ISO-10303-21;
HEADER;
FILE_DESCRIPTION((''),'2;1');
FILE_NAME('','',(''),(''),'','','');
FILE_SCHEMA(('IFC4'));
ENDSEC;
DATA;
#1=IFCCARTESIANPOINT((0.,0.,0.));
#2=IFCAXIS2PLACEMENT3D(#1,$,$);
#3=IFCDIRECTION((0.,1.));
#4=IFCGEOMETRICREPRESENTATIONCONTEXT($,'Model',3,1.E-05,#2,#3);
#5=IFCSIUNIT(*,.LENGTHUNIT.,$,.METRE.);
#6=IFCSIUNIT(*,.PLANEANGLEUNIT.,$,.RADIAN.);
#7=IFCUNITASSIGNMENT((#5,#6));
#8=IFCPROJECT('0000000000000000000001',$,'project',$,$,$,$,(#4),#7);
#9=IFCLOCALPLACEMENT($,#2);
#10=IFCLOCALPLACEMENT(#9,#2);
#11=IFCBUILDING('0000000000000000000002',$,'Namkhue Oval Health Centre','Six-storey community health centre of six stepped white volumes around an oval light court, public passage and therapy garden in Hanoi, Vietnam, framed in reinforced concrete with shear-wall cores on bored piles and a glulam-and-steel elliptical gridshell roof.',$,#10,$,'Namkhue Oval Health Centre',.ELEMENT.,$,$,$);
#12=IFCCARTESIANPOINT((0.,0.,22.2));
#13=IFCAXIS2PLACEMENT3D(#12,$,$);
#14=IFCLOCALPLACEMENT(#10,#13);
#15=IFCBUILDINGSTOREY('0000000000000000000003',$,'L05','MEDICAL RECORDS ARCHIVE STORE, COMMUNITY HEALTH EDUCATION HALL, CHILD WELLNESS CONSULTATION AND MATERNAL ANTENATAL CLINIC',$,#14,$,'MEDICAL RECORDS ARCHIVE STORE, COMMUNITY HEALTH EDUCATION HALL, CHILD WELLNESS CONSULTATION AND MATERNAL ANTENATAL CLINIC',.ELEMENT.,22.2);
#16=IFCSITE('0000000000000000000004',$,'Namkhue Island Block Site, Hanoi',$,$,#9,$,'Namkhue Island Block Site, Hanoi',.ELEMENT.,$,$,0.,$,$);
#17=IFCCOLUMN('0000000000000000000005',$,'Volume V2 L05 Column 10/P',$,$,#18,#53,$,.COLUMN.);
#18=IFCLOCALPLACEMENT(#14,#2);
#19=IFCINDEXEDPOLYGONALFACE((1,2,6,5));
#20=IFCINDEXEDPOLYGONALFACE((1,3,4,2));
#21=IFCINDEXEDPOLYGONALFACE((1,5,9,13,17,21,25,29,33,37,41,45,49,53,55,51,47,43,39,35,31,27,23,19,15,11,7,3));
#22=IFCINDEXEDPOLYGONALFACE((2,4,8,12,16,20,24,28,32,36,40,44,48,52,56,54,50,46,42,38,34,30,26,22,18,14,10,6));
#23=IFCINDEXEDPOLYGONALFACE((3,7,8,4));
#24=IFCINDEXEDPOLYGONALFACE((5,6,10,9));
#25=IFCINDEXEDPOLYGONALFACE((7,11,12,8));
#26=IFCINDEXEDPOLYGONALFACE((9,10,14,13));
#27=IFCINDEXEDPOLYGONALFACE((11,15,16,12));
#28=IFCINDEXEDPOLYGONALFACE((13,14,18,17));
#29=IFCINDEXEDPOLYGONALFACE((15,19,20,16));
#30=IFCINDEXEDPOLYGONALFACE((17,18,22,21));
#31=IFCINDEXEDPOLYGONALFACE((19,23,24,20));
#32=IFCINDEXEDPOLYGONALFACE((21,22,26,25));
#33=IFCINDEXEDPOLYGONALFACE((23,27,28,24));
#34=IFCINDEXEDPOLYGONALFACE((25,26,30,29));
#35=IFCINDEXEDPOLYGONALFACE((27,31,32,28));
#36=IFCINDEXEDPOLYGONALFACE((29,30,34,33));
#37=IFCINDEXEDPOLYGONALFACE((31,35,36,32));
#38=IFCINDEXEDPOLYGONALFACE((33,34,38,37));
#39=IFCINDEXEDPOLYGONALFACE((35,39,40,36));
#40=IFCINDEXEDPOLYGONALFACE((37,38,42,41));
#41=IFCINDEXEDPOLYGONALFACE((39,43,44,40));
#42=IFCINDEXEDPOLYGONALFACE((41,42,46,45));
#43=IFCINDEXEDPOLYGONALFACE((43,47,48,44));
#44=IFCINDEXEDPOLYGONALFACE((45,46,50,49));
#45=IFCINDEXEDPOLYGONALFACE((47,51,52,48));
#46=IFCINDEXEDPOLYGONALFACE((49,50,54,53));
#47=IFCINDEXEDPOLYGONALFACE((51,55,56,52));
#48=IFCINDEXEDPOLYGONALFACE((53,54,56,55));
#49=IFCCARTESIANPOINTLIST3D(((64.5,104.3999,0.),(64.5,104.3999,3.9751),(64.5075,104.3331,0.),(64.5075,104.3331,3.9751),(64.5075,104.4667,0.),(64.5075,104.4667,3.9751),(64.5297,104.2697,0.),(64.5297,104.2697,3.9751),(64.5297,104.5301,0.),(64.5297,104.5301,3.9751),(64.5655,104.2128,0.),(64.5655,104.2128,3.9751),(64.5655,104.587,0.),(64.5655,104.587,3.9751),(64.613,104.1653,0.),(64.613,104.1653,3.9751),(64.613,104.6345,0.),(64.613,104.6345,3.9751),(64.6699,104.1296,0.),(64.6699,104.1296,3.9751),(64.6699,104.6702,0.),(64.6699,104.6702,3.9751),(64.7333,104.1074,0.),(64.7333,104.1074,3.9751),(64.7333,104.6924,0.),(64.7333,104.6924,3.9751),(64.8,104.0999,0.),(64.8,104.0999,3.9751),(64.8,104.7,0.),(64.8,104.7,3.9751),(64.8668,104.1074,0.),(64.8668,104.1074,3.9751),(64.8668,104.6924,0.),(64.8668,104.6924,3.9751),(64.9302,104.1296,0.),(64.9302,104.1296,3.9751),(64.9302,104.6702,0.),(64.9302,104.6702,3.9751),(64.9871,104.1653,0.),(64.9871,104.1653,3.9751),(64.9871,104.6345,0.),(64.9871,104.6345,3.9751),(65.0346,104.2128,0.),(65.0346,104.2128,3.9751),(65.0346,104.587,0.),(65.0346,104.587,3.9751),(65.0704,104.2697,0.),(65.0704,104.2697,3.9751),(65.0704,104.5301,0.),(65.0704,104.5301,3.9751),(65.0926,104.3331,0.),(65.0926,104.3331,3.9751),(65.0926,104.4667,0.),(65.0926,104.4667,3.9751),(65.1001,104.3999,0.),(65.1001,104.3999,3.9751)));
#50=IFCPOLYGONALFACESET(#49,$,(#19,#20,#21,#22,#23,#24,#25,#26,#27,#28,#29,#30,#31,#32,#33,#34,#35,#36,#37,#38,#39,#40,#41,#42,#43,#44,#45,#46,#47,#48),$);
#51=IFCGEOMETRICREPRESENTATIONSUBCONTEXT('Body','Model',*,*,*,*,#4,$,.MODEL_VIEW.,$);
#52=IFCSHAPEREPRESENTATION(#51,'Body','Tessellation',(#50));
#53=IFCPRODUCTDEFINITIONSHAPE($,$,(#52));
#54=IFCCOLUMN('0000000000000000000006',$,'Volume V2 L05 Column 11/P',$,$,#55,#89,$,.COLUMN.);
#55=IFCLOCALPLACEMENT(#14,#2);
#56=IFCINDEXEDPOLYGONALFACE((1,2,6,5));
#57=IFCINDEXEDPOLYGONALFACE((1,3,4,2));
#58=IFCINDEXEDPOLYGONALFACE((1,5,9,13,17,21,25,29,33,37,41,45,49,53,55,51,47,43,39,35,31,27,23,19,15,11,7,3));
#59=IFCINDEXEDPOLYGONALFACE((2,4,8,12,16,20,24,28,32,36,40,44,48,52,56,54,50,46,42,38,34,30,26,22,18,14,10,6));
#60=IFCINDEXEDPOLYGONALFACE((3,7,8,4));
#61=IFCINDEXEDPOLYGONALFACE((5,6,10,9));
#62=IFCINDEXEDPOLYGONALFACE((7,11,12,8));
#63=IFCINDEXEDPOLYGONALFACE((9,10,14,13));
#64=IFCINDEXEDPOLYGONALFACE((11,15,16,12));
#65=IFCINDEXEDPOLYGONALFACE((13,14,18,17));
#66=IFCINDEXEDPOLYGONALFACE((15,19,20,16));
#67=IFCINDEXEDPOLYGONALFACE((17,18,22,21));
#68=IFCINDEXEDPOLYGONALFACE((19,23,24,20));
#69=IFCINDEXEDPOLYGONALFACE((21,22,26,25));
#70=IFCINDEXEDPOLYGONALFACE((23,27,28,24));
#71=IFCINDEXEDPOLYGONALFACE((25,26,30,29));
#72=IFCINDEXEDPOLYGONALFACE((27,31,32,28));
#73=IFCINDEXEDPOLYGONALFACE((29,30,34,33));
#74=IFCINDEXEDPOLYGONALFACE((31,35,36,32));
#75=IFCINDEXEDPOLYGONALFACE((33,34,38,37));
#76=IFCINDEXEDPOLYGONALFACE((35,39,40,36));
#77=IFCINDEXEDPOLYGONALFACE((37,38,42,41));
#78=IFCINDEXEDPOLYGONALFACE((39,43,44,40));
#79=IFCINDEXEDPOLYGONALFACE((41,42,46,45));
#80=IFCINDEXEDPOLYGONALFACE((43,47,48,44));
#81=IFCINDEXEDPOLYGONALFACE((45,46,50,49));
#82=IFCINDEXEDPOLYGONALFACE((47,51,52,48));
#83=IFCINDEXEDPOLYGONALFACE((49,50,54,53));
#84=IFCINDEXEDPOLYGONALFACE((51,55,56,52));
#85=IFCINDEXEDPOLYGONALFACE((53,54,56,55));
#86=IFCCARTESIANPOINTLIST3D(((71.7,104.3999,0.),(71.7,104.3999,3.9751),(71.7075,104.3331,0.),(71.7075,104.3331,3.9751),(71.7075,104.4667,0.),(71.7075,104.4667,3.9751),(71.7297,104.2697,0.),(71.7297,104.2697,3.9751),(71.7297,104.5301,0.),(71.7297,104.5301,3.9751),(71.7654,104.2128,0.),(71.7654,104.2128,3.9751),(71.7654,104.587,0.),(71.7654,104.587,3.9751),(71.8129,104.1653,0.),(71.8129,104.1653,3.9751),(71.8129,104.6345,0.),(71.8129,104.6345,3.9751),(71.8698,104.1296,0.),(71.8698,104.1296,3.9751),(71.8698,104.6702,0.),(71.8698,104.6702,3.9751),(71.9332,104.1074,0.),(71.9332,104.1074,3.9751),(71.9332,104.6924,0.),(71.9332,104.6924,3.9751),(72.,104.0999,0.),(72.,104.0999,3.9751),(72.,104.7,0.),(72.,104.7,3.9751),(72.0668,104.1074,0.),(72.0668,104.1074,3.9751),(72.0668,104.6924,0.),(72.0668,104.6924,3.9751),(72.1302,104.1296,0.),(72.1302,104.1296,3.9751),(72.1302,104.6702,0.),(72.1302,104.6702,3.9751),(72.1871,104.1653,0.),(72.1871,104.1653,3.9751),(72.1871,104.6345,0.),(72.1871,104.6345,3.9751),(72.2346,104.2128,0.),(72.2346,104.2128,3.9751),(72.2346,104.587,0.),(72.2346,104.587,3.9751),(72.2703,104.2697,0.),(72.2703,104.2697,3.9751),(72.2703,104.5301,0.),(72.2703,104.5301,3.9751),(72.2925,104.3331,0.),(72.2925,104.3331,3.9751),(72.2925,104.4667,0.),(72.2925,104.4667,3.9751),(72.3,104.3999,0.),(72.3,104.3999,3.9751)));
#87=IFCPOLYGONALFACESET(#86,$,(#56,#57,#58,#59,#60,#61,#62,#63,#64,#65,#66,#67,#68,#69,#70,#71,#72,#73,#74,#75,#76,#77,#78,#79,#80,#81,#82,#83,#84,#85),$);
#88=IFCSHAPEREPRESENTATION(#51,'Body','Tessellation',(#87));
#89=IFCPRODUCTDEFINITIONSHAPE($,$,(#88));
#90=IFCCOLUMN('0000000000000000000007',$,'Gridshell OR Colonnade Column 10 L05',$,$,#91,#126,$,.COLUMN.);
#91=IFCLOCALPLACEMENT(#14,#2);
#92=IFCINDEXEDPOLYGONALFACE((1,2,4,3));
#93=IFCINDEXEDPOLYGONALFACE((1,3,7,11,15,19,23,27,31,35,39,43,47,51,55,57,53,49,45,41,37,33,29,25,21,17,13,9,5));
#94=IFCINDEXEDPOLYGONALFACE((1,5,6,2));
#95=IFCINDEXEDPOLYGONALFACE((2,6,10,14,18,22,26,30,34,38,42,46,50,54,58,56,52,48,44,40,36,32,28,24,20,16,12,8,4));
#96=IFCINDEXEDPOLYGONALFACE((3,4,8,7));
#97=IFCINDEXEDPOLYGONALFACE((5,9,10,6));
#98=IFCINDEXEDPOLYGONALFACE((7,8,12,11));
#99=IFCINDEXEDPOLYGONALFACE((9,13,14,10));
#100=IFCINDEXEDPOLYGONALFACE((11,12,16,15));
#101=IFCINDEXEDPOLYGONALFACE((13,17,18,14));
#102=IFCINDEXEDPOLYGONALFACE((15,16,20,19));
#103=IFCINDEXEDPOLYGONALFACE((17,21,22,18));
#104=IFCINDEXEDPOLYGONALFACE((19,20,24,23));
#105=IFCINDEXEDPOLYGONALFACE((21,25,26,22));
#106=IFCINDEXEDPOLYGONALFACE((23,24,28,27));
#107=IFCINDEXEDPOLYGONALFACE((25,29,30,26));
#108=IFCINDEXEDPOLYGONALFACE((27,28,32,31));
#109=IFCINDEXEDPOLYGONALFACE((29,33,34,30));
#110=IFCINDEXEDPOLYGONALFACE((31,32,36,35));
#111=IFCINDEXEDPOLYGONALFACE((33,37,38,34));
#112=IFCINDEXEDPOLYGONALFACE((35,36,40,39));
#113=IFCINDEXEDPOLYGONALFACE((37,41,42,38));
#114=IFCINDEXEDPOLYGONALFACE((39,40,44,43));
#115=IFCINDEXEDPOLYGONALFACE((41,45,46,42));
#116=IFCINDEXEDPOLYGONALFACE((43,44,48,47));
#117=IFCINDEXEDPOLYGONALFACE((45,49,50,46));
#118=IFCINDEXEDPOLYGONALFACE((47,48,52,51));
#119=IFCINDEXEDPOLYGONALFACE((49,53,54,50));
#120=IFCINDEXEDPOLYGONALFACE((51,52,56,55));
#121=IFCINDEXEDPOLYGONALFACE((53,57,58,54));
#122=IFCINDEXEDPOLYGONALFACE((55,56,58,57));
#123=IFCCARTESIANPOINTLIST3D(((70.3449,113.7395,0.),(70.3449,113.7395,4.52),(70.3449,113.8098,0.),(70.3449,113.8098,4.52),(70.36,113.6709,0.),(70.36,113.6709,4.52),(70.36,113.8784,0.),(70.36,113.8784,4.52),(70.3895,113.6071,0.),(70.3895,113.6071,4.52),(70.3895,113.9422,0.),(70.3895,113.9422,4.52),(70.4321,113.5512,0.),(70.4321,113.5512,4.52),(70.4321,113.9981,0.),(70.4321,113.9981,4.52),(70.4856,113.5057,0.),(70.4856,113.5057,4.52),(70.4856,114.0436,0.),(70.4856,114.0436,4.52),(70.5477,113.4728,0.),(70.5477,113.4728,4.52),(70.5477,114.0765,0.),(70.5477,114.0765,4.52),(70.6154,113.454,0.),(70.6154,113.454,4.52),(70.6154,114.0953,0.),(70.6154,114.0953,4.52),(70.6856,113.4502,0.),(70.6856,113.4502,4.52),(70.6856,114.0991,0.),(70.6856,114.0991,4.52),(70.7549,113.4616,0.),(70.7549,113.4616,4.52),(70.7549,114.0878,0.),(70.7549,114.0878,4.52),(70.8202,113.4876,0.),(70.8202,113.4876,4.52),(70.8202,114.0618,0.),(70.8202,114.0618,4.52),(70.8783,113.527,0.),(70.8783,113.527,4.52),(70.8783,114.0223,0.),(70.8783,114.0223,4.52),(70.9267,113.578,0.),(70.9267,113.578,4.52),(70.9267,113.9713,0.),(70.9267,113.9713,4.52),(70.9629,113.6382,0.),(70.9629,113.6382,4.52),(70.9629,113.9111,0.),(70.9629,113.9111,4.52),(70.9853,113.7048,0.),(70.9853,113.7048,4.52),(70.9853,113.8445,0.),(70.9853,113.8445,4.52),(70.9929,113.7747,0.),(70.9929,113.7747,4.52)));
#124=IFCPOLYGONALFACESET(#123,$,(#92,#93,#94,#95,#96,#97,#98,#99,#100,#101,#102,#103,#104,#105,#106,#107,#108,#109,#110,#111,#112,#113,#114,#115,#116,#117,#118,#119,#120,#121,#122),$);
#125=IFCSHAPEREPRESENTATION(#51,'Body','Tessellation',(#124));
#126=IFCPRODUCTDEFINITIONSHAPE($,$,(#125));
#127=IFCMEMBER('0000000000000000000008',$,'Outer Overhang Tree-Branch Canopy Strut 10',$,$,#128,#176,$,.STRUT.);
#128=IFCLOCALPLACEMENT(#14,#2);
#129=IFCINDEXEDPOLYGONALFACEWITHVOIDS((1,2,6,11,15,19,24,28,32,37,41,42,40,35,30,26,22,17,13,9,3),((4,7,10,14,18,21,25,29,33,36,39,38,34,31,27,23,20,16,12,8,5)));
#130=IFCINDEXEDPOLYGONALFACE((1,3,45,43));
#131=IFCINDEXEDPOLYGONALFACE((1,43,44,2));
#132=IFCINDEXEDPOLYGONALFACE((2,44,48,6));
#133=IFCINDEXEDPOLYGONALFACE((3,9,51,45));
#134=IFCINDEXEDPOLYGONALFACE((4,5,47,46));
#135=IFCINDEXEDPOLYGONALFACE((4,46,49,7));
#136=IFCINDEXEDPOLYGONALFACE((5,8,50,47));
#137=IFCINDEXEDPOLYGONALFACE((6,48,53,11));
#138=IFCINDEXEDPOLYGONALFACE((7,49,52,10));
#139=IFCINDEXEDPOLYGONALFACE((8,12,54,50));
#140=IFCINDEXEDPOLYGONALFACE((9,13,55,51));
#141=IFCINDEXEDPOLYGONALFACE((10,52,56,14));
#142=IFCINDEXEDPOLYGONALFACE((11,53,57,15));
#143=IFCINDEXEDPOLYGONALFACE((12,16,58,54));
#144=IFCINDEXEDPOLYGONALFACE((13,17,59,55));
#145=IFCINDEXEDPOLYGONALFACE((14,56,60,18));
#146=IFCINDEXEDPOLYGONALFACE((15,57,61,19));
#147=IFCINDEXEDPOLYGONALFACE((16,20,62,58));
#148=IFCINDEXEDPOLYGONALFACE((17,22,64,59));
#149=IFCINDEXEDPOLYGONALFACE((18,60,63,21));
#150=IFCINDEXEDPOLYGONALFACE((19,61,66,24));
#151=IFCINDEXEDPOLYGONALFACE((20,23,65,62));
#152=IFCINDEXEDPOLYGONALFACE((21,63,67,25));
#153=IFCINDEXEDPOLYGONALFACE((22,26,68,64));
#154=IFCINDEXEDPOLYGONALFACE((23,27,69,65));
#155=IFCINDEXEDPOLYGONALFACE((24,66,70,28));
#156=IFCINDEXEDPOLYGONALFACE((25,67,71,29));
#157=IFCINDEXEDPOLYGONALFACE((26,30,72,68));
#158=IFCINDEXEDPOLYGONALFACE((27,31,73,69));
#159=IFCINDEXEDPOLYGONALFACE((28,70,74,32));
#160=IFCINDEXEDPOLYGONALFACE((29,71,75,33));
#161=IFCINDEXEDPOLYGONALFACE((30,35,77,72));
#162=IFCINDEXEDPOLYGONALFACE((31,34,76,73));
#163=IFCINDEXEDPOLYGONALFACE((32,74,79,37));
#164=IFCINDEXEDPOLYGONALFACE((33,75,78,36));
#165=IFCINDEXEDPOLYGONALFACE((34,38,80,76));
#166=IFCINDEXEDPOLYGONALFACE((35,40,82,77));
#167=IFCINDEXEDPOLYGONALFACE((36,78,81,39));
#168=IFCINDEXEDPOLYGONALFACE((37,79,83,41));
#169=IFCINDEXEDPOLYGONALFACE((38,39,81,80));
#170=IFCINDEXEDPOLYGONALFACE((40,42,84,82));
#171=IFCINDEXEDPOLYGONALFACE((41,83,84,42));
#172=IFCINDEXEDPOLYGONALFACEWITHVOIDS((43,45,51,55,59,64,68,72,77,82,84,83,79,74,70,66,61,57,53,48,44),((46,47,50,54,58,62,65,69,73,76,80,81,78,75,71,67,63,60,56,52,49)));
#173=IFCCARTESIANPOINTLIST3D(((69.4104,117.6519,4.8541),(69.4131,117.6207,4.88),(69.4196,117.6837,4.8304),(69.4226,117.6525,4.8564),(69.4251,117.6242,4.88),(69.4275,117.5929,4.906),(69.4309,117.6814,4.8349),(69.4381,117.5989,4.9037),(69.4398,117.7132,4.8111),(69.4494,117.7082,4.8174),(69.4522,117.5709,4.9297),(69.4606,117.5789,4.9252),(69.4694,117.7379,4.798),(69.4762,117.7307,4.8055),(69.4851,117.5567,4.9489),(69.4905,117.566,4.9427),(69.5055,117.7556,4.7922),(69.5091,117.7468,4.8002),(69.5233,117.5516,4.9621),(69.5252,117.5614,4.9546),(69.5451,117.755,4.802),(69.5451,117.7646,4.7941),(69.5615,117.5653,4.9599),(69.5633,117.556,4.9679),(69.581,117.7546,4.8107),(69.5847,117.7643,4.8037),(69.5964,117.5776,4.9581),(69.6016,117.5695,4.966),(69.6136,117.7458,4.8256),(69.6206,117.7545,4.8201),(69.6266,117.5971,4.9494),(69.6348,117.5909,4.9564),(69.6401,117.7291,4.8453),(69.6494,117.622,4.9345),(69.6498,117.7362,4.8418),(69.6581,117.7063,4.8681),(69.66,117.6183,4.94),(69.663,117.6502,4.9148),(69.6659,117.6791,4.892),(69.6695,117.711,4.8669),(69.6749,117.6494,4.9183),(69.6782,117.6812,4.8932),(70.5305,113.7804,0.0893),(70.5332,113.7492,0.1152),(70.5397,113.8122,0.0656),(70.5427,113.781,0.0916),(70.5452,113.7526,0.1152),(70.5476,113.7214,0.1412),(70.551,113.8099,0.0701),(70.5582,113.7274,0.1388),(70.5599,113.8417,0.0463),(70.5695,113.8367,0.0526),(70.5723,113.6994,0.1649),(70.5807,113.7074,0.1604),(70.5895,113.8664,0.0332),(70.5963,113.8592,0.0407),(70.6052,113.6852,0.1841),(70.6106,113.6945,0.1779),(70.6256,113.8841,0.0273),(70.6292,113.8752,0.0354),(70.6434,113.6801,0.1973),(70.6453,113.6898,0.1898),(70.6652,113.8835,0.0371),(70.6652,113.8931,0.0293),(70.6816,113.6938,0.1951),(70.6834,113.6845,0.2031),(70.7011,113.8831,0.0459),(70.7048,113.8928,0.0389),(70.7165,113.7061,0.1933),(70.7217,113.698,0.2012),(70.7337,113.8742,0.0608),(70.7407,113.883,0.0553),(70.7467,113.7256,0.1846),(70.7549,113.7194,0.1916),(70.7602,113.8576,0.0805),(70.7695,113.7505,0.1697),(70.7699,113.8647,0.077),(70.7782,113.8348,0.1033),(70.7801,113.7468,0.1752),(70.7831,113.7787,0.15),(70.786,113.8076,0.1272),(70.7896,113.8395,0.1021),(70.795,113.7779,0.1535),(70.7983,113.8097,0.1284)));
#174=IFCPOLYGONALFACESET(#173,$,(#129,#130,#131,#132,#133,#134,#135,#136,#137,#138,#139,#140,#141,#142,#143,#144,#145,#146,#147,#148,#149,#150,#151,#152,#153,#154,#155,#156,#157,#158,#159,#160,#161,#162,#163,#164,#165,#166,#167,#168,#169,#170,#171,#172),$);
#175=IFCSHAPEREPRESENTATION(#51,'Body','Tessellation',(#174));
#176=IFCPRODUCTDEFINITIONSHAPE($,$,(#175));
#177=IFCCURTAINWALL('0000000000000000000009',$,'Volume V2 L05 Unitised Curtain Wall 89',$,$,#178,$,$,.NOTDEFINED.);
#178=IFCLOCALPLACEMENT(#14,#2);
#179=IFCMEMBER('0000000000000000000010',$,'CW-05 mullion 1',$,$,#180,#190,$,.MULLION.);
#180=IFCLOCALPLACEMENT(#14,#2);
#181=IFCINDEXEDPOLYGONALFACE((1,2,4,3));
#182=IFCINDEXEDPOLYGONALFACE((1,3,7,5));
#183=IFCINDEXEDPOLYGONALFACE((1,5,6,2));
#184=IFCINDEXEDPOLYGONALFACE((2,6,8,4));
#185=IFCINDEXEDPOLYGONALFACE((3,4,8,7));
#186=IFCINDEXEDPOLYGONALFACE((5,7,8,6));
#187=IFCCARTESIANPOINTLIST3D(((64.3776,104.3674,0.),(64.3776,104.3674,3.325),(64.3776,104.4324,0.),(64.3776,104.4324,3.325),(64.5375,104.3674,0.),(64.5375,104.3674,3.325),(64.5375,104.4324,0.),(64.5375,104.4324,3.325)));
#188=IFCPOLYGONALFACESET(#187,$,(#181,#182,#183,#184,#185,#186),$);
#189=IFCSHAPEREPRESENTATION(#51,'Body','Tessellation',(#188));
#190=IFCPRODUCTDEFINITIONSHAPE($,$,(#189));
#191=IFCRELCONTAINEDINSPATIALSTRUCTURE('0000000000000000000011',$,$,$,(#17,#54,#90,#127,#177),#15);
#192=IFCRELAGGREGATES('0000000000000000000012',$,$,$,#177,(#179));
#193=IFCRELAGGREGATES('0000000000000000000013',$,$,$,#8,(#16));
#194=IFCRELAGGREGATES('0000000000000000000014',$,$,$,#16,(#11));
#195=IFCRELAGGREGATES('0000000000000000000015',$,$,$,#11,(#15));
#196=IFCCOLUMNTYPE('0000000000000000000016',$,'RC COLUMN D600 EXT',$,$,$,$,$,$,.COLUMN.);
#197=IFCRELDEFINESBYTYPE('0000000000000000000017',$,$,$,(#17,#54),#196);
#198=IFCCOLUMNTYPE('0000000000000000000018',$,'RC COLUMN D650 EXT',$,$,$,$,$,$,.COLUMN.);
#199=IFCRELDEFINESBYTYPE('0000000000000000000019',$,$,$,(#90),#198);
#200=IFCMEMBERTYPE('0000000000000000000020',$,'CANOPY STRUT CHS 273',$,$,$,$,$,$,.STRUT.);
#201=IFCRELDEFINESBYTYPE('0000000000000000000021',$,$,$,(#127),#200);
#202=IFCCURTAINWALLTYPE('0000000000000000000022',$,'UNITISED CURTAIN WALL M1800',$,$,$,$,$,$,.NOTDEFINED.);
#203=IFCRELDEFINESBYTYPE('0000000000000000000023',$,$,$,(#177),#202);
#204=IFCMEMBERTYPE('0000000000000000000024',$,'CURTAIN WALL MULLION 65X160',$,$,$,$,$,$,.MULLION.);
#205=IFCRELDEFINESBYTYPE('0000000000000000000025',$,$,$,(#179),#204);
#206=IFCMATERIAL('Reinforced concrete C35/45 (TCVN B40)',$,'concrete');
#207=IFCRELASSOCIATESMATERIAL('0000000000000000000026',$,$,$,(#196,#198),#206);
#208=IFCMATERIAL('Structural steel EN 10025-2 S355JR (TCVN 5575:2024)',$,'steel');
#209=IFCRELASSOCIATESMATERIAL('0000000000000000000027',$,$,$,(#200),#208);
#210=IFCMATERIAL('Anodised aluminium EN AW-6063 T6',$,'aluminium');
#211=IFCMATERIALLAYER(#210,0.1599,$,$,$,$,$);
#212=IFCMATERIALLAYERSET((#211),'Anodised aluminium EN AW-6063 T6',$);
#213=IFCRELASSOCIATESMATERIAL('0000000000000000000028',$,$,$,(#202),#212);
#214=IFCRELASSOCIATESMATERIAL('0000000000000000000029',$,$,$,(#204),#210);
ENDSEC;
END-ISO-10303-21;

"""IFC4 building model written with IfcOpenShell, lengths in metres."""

from ifc_helpers import new_model, si_unit, direction, frame, origin, origin_2d, place, context, subcontext, project, spatial, rectangle, circle, hollow_circle, extrude, material, layer, layer_set, material_profile, profile_set, type_object, element, aggregate, save


model = new_model("IFC4")

# Units and contexts
model_context = context("Model", 3, precision=1e-05, world=origin(), true_north=direction((0.0, 1.0)))
body_context = subcontext(model_context, "Body", "Model", "MODEL_VIEW")
ifc_project = project(units=[si_unit("LENGTHUNIT", "METRE"), si_unit("PLANEANGLEUNIT", "RADIAN")], contexts=[model_context])

# Site, building, storey
site_placement = place(None, origin())
site = spatial("IfcSite", under=ifc_project, at=site_placement, Name="Namkhue Island Block Site, Hanoi", LongName="Namkhue Island Block Site, Hanoi", CompositionType="ELEMENT", RefElevation=0.0)
building_placement = place(site_placement, origin())
building = spatial("IfcBuilding", under=site, at=building_placement, Name="Namkhue Oval Health Centre", Description="Six-storey community health centre of six stepped white volumes around an oval light court, public passage and therapy garden in Hanoi, Vietnam, framed in reinforced concrete with shear-wall cores on bored piles and a glulam-and-steel elliptical gridshell roof.", LongName="Namkhue Oval Health Centre", CompositionType="ELEMENT")
storey_placement = place(building_placement, frame((0.0, 0.0, 22.2)))
storey = spatial("IfcBuildingStorey", under=building, at=storey_placement, Name="L05", Description="MEDICAL RECORDS ARCHIVE STORE, COMMUNITY HEALTH EDUCATION HALL, CHILD WELLNESS CONSULTATION AND MATERNAL ANTENATAL CLINIC", LongName="MEDICAL RECORDS ARCHIVE STORE, COMMUNITY HEALTH EDUCATION HALL, CHILD WELLNESS CONSULTATION AND MATERNAL ANTENATAL CLINIC", CompositionType="ELEMENT", Elevation=22.2)

# Columns
ifc_material_1 = material(Name="Reinforced concrete C35/45 (TCVN B40)", Category="concrete")
ifc_material_profile_1 = material_profile(ifc_material_1, circle(Radius=0.3, at=origin_2d()), Name="RC D600")
ifc_profile_set_1 = profile_set([ifc_material_profile_1], Name="Reinforced concrete C35/45 (TCVN B40)")
column_type_1 = type_object("IfcColumnType", Name="RC COLUMN D600 EXT", PredefinedType="COLUMN", material=ifc_profile_set_1)
for number, where, z_axis, x_axis, name in (
    (1, (64.8, 104.3999, 0.0), (0.0, 0.0, 1.0), (1.0, 0.0, 0.0), "Volume V2 L05 Column 10/P"),
    (2, (72.0, 104.3999, 0.0), (0.0, 0.0, 1.0), (1.0, 0.0, 0.0), "Volume V2 L05 Column 11/P"),
):
    element("IfcColumn", number, at=place(storey_placement, frame(where, z_axis=z_axis, x_axis=x_axis)), inside=storey, type_object=column_type_1, Name=name, PredefinedType="COLUMN", context=body_context, shape_type="SweptSolid", body=[
        extrude(circle(Radius=0.3, at=origin_2d()), origin(), (0.0, 0.0, 1.0), 3.9751),
    ])
ifc_material_profile_2 = material_profile(ifc_material_1, circle(Radius=0.325, at=origin_2d()), Name="RC D650")
ifc_profile_set_2 = profile_set([ifc_material_profile_2], Name="Reinforced concrete C35/45 (TCVN B40)")
column_type_2 = type_object("IfcColumnType", Name="RC COLUMN D650 EXT", PredefinedType="COLUMN", material=ifc_profile_set_2)
column_placement = place(storey_placement, frame((70.668, 113.7747, 0.0), z_axis=(0.0, 0.0, 1.0), x_axis=(1.0, 0.0, 0.0)))
element("IfcColumn", 3, at=column_placement, inside=storey, type_object=column_type_2, Name="Gridshell OR Colonnade Column 10 L05", PredefinedType="COLUMN", context=body_context, shape_type="SweptSolid", body=[
    extrude(circle(Radius=0.325, at=origin_2d()), origin(), (0.0, 0.0, 1.0), 4.52),
])

# Member
ifc_material_2 = material(Name="Structural steel EN 10025-2 S355JR (TCVN 5575:2024)", Category="steel")
ifc_material_profile_3 = material_profile(ifc_material_2, hollow_circle(Radius=0.1365, WallThickness=0.0125, at=origin_2d()), Name="CHS 273x12.5")
ifc_profile_set_3 = profile_set([ifc_material_profile_3], Name="Structural steel EN 10025-2 S355JR (TCVN 5575:2024)")
member_type_1 = type_object("IfcMemberType", Name="CANOPY STRUT CHS 273", PredefinedType="STRUT", material=ifc_profile_set_3)
member_1_placement = place(storey_placement, frame((70.6643, 113.7871, 0.1152), z_axis=(-0.179482, 0.620363, 0.763503), x_axis=(-0.960604, -0.27792, 0.0)))
element("IfcMember", 4, at=member_1_placement, inside=storey, type_object=member_type_1, Name="Outer Overhang Tree-Branch Canopy Strut 10", PredefinedType="STRUT", context=body_context, shape_type="SweptSolid", body=[
    extrude(hollow_circle(Radius=0.1365, WallThickness=0.0125, at=origin_2d()), origin(), (0.0, 0.0, 1.0), 6.2407),
])

# Curtain wall, member
ifc_material_3 = material(Name="Anodised aluminium EN AW-6063 T6", Category="aluminium")
ifc_layer_1 = layer(ifc_material_3, 0.1599)
ifc_layer_set_1 = layer_set([ifc_layer_1], Name="Anodised aluminium EN AW-6063 T6")
curtain_wall_type_1 = type_object("IfcCurtainWallType", Name="UNITISED CURTAIN WALL M1800", PredefinedType="NOTDEFINED", material=ifc_layer_set_1)
curtain_wall_1_placement = place(storey_placement, origin())
curtain_wall_1 = element("IfcCurtainWall", 5, at=curtain_wall_1_placement, inside=storey, type_object=curtain_wall_type_1, Name="Volume V2 L05 Unitised Curtain Wall 89", PredefinedType="NOTDEFINED")
ifc_material_profile_4 = material_profile(ifc_material_3, rectangle(XDim=0.0649, YDim=0.1599, at=origin_2d()), Name="ALU 65x160")
ifc_profile_set_4 = profile_set([ifc_material_profile_4], Name="Anodised aluminium EN AW-6063 T6")
member_type_2 = type_object("IfcMemberType", Name="CURTAIN WALL MULLION 65X160", PredefinedType="MULLION", material=ifc_profile_set_4)
member_2_placement = place(storey_placement, frame((64.4575, 104.3999, 0.0), z_axis=(0.0, 0.0, 1.0), x_axis=(0.0, -1.0, 0.0)))
member_2 = element("IfcMember", 6, at=member_2_placement, type_object=member_type_2, Name="CW-05 mullion 1", PredefinedType="MULLION", context=body_context, shape_type="SweptSolid", body=[
    extrude(rectangle(XDim=0.0649, YDim=0.1599, at=origin_2d()), origin(), (0.0, 0.0, 1.0), 3.325),
])

aggregate(curtain_wall_1, [member_2])

save(model, "model.ifc")
